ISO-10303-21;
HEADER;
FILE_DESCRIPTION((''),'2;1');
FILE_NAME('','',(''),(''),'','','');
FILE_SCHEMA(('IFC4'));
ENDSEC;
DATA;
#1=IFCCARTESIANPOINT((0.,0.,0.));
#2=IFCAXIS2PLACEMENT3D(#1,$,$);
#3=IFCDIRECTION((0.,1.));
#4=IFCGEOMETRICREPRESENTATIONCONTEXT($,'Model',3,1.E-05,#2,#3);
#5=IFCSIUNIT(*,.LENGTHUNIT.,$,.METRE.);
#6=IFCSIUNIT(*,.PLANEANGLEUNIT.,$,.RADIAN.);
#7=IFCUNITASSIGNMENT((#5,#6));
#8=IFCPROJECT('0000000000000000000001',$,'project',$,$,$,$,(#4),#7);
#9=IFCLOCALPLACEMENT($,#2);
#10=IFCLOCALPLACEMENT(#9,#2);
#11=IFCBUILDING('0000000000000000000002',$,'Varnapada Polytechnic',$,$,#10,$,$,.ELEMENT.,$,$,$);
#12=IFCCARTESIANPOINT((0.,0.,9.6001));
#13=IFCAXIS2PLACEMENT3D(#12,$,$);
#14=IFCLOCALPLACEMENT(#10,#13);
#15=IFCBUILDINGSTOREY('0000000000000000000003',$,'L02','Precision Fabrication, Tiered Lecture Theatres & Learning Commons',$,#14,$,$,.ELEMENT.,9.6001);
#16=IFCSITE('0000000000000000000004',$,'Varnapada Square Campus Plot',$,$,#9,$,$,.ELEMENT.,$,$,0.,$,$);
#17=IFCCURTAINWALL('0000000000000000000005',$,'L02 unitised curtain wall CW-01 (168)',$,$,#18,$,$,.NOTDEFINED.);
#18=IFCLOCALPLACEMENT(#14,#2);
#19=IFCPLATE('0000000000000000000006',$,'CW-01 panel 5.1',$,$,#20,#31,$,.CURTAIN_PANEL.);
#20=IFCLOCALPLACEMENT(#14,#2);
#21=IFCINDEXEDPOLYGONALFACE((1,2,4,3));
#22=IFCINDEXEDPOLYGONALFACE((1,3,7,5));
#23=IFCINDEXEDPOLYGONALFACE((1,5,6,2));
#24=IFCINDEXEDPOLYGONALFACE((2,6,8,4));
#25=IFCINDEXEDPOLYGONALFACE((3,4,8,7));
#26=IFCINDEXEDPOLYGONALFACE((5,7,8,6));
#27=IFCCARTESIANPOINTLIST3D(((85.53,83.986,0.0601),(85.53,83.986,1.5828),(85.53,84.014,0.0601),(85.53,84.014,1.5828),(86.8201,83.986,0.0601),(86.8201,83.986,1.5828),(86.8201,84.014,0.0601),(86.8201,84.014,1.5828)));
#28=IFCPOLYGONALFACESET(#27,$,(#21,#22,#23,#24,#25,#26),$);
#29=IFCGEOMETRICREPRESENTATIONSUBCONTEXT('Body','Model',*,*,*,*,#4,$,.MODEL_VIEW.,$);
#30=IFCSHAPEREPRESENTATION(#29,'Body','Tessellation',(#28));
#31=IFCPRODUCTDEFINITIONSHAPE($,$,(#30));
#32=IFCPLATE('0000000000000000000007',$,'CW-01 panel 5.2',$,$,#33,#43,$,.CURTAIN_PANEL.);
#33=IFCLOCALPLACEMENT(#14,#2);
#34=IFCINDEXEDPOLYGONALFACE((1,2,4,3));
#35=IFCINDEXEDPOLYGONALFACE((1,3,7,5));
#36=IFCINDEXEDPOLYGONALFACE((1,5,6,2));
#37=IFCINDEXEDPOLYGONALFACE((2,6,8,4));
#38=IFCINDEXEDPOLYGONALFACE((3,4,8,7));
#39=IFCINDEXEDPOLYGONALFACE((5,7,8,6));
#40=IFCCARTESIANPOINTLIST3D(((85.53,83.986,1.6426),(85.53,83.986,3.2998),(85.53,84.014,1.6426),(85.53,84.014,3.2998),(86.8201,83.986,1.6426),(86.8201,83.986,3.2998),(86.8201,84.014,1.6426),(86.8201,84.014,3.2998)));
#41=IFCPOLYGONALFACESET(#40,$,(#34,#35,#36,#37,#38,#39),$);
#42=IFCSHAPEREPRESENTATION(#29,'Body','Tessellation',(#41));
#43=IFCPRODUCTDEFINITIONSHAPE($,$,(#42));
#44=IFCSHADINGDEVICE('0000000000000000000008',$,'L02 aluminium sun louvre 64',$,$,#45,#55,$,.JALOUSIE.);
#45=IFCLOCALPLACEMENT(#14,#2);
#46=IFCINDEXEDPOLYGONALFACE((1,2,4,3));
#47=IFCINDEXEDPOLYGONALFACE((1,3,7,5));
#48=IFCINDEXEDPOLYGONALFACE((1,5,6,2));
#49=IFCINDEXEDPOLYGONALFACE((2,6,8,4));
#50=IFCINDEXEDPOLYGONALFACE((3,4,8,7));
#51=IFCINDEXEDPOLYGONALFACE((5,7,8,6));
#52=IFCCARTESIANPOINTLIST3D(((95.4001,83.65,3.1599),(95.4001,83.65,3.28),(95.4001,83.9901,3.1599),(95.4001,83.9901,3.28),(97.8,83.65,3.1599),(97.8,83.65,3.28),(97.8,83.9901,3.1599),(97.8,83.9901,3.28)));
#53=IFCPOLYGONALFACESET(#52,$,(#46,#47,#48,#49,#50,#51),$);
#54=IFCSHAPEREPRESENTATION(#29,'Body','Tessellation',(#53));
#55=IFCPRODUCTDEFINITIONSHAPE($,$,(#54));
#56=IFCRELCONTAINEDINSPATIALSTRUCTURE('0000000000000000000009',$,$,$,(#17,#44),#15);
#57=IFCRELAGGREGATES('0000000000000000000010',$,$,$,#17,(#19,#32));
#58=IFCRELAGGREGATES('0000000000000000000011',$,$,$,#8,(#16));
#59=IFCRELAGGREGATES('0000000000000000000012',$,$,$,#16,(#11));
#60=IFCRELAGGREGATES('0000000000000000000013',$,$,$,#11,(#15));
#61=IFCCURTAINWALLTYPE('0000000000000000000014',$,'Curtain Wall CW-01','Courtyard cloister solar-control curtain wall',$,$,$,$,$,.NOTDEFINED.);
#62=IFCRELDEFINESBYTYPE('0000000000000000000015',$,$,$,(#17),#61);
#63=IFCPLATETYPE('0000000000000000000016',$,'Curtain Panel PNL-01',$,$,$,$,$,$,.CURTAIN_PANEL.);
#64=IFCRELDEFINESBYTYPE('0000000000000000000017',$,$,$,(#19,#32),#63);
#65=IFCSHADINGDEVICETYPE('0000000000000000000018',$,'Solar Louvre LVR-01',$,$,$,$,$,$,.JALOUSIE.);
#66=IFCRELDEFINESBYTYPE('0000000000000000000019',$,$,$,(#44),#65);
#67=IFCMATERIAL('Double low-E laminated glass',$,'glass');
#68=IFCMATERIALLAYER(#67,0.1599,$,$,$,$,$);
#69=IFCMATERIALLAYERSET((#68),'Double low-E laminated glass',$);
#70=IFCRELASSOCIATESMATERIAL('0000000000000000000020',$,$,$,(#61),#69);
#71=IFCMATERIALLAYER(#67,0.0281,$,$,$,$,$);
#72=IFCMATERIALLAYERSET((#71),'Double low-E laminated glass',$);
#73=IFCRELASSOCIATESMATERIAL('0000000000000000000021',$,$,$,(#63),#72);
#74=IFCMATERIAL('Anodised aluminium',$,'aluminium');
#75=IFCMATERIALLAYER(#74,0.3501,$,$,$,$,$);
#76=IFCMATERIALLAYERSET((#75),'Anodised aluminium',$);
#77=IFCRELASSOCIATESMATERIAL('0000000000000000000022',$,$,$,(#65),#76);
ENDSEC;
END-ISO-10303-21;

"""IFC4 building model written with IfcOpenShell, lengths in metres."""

from ifc_helpers import new_model, si_unit, direction, frame, origin, origin_2d, place, context, subcontext, project, spatial, rectangle, extrude, material, layer, layer_set, type_object, element, aggregate, save


model = new_model("IFC4")

# Units and contexts
model_context = context("Model", 3, precision=1e-05, world=origin(), true_north=direction((0.0, 1.0)))
body_context = subcontext(model_context, "Body", "Model", "MODEL_VIEW")
ifc_project = project(units=[si_unit("LENGTHUNIT", "METRE"), si_unit("PLANEANGLEUNIT", "RADIAN")], contexts=[model_context])

# Site, building, storey
site_placement = place(None, origin())
site = spatial("IfcSite", under=ifc_project, at=site_placement, Name="Varnapada Square Campus Plot", CompositionType="ELEMENT", RefElevation=0.0)
building_placement = place(site_placement, origin())
building = spatial("IfcBuilding", under=site, at=building_placement, Name="Varnapada Polytechnic", CompositionType="ELEMENT")
storey_placement = place(building_placement, frame((0.0, 0.0, 9.6001)))
storey = spatial("IfcBuildingStorey", under=building, at=storey_placement, Name="L02", Description="Precision Fabrication, Tiered Lecture Theatres & Learning Commons", CompositionType="ELEMENT", Elevation=9.6001)

# Curtain wall, plates
ifc_material_1 = material(Name="Double low-E laminated glass", Category="glass")
ifc_layer_1 = layer(ifc_material_1, 0.1599)
ifc_layer_set_1 = layer_set([ifc_layer_1], Name="Double low-E laminated glass")
curtain_wall_type = type_object("IfcCurtainWallType", Name="Curtain Wall CW-01", Description="Courtyard cloister solar-control curtain wall", PredefinedType="NOTDEFINED", material=ifc_layer_set_1)
curtain_wall_placement = place(storey_placement, origin())
curtain_wall = element("IfcCurtainWall", 1, at=curtain_wall_placement, inside=storey, type_object=curtain_wall_type, Name="L02 unitised curtain wall CW-01 (168)", PredefinedType="NOTDEFINED")
ifc_layer_2 = layer(ifc_material_1, 0.0281)
ifc_layer_set_2 = layer_set([ifc_layer_2], Name="Double low-E laminated glass")
plate_type = type_object("IfcPlateType", Name="Curtain Panel PNL-01", PredefinedType="CURTAIN_PANEL", material=ifc_layer_set_2)
plate_1_placement = place(storey_placement, frame((86.175, 84.0, 0.0601), z_axis=(0.0, 0.0, 1.0), x_axis=(-1.0, 0.0, 0.0)))
plate_1 = element("IfcPlate", 2, at=plate_1_placement, type_object=plate_type, Name="CW-01 panel 5.1", PredefinedType="CURTAIN_PANEL", context=body_context, shape_type="SweptSolid", body=[
    extrude(rectangle(XDim=1.29, YDim=0.0281, at=origin_2d()), origin(), (0.0, 0.0, 1.0), 1.5227),
])
plate_2_placement = place(storey_placement, frame((86.175, 84.0, 1.6426), z_axis=(0.0, 0.0, 1.0), x_axis=(-1.0, 0.0, 0.0)))
plate_2 = element("IfcPlate", 3, at=plate_2_placement, type_object=plate_type, Name="CW-01 panel 5.2", PredefinedType="CURTAIN_PANEL", context=body_context, shape_type="SweptSolid", body=[
    extrude(rectangle(XDim=1.29, YDim=0.0281, at=origin_2d()), origin(), (0.0, 0.0, 1.0), 1.6572),
])
aggregate(curtain_wall, [plate_1, plate_2])

# Shading device
ifc_material_2 = material(Name="Anodised aluminium", Category="aluminium")
ifc_layer_3 = layer(ifc_material_2, 0.3501)
ifc_layer_set_3 = layer_set([ifc_layer_3], Name="Anodised aluminium")
shading_device_type_1 = type_object("IfcShadingDeviceType", Name="Solar Louvre LVR-01", PredefinedType="JALOUSIE", material=ifc_layer_set_3)
shading_device_placement = place(storey_placement, frame((96.6001, 83.8201, 3.1599), z_axis=(0.0, 0.0, 1.0), x_axis=(-1.0, 0.0, 0.0)))
element("IfcShadingDevice", 4, at=shading_device_placement, inside=storey, type_object=shading_device_type_1, Name="L02 aluminium sun louvre 64", PredefinedType="JALOUSIE", context=body_context, shape_type="SweptSolid", body=[
    extrude(rectangle(XDim=2.3999, YDim=0.3401, at=origin_2d()), origin(), (0.0, 0.0, 1.0), 0.1201),
])

save(model, "model.ifc")
